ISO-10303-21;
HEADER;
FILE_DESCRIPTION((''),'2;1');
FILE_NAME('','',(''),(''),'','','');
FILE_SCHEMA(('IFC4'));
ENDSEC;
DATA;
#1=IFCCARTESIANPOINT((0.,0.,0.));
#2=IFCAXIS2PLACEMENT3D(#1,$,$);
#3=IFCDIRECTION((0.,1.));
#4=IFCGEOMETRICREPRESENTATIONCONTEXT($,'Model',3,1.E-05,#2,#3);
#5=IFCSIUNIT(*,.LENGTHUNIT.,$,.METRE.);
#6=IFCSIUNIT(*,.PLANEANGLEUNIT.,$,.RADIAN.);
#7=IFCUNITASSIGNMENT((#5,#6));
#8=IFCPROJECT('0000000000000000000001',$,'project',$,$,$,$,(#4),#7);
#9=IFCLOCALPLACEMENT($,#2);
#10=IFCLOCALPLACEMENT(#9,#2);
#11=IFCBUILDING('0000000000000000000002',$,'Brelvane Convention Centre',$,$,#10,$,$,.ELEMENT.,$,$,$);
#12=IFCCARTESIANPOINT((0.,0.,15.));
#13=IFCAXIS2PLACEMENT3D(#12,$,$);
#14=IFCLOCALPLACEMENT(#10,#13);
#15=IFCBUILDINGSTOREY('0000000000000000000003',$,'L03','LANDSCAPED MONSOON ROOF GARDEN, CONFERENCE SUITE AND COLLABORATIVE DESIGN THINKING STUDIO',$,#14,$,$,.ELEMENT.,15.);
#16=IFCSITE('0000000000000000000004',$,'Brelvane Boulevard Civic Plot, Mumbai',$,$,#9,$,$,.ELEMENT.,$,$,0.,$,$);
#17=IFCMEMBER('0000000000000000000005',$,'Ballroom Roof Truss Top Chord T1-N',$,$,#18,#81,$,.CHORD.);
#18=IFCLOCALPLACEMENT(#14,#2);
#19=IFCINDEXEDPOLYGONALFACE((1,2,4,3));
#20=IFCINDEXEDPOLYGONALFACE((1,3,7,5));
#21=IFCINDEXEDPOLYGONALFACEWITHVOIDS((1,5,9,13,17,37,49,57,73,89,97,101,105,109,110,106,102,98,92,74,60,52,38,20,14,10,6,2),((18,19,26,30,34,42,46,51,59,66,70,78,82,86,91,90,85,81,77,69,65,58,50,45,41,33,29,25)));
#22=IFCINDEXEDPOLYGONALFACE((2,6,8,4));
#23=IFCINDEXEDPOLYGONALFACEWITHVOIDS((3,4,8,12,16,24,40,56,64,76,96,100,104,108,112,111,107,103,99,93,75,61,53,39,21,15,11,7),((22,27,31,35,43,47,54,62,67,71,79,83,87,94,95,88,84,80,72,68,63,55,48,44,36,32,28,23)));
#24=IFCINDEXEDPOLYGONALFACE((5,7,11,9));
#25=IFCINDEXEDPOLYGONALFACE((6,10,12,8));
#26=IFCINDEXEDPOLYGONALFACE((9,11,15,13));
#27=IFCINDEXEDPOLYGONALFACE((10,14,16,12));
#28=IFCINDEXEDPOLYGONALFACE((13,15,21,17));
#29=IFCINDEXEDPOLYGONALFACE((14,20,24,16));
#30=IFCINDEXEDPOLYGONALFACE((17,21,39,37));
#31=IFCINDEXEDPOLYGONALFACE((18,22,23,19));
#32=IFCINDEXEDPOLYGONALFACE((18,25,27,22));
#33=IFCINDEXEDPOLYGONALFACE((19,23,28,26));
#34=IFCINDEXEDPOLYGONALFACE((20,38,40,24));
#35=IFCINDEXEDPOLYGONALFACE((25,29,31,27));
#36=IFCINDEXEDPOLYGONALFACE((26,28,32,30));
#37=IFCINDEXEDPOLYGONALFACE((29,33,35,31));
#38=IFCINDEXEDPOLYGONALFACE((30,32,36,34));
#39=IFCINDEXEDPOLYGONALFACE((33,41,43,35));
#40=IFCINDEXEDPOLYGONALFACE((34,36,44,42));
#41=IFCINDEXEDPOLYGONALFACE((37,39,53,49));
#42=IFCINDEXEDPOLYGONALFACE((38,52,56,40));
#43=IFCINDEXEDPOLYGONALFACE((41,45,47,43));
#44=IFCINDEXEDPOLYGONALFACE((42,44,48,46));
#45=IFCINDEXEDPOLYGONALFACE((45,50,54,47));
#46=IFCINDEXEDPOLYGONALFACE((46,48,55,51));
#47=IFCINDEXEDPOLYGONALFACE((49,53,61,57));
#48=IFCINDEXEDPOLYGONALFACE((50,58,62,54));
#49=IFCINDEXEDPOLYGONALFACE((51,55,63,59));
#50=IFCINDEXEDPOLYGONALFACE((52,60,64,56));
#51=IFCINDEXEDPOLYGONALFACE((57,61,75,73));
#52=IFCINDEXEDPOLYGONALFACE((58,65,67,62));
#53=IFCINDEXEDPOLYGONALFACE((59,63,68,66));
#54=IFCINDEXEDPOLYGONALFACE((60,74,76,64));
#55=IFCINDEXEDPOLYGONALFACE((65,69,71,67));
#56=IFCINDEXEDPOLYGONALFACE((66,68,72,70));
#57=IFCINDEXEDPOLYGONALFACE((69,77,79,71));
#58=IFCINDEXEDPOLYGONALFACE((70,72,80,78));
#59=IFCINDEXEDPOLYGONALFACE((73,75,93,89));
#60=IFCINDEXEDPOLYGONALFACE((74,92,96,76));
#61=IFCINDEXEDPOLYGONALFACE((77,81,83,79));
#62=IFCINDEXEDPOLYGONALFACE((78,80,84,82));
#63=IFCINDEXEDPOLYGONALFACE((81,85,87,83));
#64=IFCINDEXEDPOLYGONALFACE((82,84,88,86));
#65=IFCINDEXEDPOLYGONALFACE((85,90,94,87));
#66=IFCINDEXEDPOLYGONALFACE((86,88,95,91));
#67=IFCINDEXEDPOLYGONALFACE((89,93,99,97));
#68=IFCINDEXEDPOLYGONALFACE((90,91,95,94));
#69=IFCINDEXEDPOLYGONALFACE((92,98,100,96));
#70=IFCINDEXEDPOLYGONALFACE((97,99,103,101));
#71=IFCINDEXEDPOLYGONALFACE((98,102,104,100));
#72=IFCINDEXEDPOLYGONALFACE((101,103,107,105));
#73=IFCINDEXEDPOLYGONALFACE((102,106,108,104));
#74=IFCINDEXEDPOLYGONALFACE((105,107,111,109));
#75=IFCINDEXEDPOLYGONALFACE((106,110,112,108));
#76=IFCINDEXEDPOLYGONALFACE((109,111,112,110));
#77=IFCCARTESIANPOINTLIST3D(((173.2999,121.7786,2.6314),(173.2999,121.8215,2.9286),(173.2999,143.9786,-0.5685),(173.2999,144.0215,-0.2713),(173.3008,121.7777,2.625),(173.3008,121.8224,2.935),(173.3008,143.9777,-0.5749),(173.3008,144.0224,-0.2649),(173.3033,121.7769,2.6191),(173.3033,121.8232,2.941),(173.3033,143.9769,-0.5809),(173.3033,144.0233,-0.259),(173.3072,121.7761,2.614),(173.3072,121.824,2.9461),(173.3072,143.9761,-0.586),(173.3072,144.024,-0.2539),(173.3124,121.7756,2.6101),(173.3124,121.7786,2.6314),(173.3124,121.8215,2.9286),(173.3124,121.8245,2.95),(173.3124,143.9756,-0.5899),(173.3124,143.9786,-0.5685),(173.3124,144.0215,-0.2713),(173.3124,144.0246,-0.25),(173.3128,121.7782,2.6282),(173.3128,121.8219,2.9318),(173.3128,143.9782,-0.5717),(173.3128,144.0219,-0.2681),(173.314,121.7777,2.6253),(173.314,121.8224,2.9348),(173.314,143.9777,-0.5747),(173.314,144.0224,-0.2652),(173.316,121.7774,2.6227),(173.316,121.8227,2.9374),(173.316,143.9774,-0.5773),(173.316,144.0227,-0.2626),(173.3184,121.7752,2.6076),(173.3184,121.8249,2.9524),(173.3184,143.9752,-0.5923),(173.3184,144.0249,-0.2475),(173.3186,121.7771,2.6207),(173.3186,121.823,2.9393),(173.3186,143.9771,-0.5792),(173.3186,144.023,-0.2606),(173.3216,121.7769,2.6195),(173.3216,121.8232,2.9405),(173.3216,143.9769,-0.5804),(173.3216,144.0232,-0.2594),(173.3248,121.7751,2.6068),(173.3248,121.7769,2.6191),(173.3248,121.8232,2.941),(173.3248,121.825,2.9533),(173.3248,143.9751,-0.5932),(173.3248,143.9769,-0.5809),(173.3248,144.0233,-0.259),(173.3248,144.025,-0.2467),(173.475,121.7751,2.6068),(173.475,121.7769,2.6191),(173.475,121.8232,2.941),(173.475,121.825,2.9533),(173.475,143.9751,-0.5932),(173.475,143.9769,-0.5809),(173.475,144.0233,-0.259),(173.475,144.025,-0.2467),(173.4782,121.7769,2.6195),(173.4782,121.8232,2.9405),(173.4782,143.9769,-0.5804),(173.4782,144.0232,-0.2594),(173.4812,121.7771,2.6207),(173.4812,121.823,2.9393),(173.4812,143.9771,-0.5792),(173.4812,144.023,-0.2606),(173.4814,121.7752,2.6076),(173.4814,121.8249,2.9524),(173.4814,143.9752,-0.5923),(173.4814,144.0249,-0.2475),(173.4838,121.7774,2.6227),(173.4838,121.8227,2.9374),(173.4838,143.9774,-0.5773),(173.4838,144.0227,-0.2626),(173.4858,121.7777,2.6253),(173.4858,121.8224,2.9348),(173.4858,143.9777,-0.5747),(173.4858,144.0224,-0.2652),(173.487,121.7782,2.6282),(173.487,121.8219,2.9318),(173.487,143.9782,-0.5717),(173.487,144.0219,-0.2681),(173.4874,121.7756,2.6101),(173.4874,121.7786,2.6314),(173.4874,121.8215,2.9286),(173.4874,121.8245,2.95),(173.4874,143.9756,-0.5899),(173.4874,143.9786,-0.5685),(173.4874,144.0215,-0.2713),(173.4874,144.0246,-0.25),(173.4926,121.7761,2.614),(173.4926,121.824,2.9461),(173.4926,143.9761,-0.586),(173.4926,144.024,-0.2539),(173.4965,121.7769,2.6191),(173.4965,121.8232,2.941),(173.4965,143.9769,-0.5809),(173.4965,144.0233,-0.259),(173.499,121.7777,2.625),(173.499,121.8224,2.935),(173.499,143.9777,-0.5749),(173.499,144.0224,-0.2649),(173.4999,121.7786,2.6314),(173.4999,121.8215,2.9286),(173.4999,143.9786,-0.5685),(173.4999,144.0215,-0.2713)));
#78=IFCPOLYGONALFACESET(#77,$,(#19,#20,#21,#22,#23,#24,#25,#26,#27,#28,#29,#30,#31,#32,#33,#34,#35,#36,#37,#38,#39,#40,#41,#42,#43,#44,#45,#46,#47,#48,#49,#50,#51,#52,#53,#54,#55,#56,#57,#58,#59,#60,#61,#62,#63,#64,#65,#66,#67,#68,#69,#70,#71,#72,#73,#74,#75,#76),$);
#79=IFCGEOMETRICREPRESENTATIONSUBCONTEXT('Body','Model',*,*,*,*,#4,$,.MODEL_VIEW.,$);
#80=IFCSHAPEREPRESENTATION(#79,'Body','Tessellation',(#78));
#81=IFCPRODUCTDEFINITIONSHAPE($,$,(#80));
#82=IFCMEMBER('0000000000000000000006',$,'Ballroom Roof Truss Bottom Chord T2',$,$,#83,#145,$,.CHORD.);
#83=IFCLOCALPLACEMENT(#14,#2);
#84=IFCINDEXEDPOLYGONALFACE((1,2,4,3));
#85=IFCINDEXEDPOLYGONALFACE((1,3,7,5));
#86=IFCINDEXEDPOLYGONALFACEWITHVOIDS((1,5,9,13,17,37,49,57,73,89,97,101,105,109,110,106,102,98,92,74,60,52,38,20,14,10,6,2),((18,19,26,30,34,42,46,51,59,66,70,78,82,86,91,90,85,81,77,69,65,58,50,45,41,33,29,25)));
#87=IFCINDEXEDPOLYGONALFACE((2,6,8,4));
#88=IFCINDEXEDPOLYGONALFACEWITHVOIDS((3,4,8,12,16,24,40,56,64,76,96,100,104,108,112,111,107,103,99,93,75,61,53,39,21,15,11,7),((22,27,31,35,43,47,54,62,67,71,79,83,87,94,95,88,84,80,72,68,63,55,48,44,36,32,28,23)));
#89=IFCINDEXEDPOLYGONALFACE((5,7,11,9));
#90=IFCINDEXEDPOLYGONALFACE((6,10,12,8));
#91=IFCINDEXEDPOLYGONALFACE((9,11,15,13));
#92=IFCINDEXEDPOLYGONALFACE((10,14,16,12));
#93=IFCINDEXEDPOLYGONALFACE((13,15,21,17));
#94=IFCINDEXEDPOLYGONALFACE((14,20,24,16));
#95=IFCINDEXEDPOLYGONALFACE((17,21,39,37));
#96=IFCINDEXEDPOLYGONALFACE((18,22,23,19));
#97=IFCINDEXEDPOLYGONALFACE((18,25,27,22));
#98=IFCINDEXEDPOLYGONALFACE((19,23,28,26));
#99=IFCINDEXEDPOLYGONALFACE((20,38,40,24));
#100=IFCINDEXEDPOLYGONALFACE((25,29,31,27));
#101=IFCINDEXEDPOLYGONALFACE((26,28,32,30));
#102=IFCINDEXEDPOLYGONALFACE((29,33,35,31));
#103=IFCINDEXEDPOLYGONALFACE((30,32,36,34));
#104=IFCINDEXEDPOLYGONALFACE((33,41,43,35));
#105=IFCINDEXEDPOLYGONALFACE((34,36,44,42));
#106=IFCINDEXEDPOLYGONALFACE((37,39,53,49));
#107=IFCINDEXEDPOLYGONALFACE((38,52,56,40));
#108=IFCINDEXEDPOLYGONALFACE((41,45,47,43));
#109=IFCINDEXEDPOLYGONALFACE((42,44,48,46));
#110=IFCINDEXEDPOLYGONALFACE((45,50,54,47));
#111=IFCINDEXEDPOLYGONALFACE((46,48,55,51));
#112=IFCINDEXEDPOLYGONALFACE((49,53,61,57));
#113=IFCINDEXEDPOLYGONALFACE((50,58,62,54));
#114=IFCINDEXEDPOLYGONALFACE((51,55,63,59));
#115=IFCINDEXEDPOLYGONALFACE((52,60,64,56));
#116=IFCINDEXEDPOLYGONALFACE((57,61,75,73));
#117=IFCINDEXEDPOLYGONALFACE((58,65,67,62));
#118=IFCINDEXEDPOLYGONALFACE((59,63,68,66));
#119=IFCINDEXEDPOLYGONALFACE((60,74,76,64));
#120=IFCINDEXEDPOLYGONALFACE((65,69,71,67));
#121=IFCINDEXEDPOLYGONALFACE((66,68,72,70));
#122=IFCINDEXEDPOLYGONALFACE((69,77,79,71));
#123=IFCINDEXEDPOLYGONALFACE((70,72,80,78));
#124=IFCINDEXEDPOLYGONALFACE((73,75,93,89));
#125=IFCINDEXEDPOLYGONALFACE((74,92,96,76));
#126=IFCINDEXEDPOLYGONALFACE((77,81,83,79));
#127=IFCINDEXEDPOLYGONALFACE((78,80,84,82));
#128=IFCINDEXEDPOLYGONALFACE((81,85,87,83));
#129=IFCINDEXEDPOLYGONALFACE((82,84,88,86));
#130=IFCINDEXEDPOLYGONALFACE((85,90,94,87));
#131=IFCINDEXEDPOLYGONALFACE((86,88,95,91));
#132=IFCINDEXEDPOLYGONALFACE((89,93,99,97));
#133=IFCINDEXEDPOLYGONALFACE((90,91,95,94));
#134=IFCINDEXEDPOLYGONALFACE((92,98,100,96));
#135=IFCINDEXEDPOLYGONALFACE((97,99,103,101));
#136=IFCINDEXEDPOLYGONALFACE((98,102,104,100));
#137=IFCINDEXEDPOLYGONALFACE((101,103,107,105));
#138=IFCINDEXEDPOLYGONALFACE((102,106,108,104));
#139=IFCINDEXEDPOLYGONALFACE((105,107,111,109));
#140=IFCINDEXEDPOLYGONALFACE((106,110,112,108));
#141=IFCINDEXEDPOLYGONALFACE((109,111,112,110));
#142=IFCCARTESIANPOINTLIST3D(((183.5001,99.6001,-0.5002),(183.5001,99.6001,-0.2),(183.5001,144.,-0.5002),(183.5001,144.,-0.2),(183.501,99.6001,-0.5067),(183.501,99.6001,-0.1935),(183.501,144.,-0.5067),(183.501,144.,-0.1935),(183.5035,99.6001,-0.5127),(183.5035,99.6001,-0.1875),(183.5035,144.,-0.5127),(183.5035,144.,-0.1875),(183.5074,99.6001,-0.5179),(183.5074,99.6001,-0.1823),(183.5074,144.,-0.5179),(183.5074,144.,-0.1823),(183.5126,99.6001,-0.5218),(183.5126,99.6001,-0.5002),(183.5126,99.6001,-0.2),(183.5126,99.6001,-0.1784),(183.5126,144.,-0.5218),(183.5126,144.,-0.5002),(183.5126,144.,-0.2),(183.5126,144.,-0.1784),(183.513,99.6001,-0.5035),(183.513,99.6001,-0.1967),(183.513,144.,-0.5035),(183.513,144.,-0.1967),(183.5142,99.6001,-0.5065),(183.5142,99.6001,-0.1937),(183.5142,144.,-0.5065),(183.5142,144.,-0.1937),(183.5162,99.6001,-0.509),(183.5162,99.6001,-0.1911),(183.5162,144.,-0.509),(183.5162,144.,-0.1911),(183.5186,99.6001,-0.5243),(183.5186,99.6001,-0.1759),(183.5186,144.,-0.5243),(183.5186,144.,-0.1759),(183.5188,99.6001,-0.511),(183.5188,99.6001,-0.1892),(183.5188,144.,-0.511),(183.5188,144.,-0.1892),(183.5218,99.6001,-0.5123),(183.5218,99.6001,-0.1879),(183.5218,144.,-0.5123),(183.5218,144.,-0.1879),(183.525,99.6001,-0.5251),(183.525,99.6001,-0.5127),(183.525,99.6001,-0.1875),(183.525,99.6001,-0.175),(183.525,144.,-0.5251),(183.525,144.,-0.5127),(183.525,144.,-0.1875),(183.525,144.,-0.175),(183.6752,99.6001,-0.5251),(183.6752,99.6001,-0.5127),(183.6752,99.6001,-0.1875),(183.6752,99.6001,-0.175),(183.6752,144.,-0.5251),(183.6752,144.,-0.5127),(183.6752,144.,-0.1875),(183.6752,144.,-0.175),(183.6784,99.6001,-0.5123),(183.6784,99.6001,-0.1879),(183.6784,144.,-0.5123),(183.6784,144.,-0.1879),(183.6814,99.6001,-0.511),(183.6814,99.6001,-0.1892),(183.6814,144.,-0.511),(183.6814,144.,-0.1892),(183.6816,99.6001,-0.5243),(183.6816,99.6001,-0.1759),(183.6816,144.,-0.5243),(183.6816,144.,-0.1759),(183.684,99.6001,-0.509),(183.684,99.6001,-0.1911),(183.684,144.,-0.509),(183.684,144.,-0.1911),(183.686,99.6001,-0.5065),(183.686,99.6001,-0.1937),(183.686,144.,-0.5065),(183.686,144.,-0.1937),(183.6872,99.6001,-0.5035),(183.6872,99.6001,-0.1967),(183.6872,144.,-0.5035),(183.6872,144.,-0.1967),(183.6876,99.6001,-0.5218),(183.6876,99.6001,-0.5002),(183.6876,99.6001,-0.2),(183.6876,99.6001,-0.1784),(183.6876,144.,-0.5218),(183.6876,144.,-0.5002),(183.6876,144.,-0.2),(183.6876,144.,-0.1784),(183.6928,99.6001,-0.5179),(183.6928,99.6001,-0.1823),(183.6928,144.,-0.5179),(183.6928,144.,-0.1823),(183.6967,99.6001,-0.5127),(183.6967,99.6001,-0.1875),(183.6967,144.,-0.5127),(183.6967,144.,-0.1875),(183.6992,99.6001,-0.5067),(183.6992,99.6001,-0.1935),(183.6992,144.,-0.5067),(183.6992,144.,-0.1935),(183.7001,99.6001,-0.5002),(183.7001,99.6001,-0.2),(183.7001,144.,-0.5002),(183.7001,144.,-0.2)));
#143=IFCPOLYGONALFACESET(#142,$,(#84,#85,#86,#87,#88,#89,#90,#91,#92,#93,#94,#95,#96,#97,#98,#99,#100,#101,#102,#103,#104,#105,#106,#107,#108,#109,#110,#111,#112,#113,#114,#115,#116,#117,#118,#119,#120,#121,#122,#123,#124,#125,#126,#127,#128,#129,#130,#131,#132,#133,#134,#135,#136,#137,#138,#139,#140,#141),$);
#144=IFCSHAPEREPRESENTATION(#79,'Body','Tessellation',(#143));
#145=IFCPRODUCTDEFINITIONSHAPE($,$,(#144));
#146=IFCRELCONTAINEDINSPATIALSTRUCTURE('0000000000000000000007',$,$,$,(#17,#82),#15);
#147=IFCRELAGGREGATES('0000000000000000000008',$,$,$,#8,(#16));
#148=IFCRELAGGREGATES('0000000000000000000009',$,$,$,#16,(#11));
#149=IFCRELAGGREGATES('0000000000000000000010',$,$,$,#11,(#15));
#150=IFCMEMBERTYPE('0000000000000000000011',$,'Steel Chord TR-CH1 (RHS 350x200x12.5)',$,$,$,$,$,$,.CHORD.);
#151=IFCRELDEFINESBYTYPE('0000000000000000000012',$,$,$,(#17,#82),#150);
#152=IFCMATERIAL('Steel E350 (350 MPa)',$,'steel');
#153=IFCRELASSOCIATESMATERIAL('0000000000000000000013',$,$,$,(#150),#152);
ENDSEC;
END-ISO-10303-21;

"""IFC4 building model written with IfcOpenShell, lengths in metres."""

from ifc_helpers import new_model, si_unit, direction, frame, origin, origin_2d, place, context, subcontext, project, spatial, hollow_rectangle, extrude, material, material_profile, profile_set, type_object, element, save


model = new_model("IFC4")

# Units and contexts
model_context = context("Model", 3, precision=1e-05, world=origin(), true_north=direction((0.0, 1.0)))
body_context = subcontext(model_context, "Body", "Model", "MODEL_VIEW")
ifc_project = project(units=[si_unit("LENGTHUNIT", "METRE"), si_unit("PLANEANGLEUNIT", "RADIAN")], contexts=[model_context])

# Site, building, storey
site_placement = place(None, origin())
site = spatial("IfcSite", under=ifc_project, at=site_placement, Name="Brelvane Boulevard Civic Plot, Mumbai", CompositionType="ELEMENT", RefElevation=0.0)
building_placement = place(site_placement, origin())
building = spatial("IfcBuilding", under=site, at=building_placement, Name="Brelvane Convention Centre", CompositionType="ELEMENT")
storey_placement = place(building_placement, frame((0.0, 0.0, 15.0)))
storey = spatial("IfcBuildingStorey", under=building, at=storey_placement, Name="L03", Description="LANDSCAPED MONSOON ROOF GARDEN, CONFERENCE SUITE AND COLLABORATIVE DESIGN THINKING STUDIO", CompositionType="ELEMENT", Elevation=15.0)

# Members
ifc_material_1 = material(Name="Steel E350 (350 MPa)", Category="steel")
ifc_material_profile_1 = material_profile(ifc_material_1, hollow_rectangle(XDim=0.2, YDim=0.3501, WallThickness=0.0125, InnerFilletRadius=0.0125, OuterFilletRadius=0.0249, at=origin_2d()), Name="RHS 350x200x12.5")
ifc_profile_set_1 = profile_set([ifc_material_profile_1], Name="Steel E350 (350 MPa)")
member_type_1 = type_object("IfcMemberType", Name="Steel Chord TR-CH1 (RHS 350x200x12.5)", PredefinedType="CHORD", material=ifc_profile_set_1)
for number, where, z_axis, x_axis, name in (
    (1, (173.3999, 121.8, 2.78), (0.0, 0.989771, -0.142668), (-1.0, 0.0, 0.0), "Ballroom Roof Truss Top Chord T1-N"),
):
    element("IfcMember", number, at=place(storey_placement, frame(where, z_axis=z_axis, x_axis=x_axis)), inside=storey, type_object=member_type_1, Name=name, PredefinedType="CHORD", context=body_context, shape_type="SweptSolid", body=[
        extrude(hollow_rectangle(XDim=0.2, YDim=0.3501, WallThickness=0.0125, InnerFilletRadius=0.0125, OuterFilletRadius=0.0249, at=origin_2d()), origin(), (0.0, 0.0, 1.0), 22.4294),
    ])
member_1_placement = place(storey_placement, frame((183.6001, 99.6001, -0.3501), z_axis=(0.0, 1.0, 0.0), x_axis=(-1.0, 0.0, 0.0)))
element("IfcMember", 2, at=member_1_placement, inside=storey, type_object=member_type_1, Name="Ballroom Roof Truss Bottom Chord T2", PredefinedType="CHORD", context=body_context, shape_type="SweptSolid", body=[
    extrude(hollow_rectangle(XDim=0.2, YDim=0.3501, WallThickness=0.0125, InnerFilletRadius=0.0125, OuterFilletRadius=0.0249, at=origin_2d()), origin(), (0.0, 0.0, 1.0), 44.3999),
])

save(model, "model.ifc")
